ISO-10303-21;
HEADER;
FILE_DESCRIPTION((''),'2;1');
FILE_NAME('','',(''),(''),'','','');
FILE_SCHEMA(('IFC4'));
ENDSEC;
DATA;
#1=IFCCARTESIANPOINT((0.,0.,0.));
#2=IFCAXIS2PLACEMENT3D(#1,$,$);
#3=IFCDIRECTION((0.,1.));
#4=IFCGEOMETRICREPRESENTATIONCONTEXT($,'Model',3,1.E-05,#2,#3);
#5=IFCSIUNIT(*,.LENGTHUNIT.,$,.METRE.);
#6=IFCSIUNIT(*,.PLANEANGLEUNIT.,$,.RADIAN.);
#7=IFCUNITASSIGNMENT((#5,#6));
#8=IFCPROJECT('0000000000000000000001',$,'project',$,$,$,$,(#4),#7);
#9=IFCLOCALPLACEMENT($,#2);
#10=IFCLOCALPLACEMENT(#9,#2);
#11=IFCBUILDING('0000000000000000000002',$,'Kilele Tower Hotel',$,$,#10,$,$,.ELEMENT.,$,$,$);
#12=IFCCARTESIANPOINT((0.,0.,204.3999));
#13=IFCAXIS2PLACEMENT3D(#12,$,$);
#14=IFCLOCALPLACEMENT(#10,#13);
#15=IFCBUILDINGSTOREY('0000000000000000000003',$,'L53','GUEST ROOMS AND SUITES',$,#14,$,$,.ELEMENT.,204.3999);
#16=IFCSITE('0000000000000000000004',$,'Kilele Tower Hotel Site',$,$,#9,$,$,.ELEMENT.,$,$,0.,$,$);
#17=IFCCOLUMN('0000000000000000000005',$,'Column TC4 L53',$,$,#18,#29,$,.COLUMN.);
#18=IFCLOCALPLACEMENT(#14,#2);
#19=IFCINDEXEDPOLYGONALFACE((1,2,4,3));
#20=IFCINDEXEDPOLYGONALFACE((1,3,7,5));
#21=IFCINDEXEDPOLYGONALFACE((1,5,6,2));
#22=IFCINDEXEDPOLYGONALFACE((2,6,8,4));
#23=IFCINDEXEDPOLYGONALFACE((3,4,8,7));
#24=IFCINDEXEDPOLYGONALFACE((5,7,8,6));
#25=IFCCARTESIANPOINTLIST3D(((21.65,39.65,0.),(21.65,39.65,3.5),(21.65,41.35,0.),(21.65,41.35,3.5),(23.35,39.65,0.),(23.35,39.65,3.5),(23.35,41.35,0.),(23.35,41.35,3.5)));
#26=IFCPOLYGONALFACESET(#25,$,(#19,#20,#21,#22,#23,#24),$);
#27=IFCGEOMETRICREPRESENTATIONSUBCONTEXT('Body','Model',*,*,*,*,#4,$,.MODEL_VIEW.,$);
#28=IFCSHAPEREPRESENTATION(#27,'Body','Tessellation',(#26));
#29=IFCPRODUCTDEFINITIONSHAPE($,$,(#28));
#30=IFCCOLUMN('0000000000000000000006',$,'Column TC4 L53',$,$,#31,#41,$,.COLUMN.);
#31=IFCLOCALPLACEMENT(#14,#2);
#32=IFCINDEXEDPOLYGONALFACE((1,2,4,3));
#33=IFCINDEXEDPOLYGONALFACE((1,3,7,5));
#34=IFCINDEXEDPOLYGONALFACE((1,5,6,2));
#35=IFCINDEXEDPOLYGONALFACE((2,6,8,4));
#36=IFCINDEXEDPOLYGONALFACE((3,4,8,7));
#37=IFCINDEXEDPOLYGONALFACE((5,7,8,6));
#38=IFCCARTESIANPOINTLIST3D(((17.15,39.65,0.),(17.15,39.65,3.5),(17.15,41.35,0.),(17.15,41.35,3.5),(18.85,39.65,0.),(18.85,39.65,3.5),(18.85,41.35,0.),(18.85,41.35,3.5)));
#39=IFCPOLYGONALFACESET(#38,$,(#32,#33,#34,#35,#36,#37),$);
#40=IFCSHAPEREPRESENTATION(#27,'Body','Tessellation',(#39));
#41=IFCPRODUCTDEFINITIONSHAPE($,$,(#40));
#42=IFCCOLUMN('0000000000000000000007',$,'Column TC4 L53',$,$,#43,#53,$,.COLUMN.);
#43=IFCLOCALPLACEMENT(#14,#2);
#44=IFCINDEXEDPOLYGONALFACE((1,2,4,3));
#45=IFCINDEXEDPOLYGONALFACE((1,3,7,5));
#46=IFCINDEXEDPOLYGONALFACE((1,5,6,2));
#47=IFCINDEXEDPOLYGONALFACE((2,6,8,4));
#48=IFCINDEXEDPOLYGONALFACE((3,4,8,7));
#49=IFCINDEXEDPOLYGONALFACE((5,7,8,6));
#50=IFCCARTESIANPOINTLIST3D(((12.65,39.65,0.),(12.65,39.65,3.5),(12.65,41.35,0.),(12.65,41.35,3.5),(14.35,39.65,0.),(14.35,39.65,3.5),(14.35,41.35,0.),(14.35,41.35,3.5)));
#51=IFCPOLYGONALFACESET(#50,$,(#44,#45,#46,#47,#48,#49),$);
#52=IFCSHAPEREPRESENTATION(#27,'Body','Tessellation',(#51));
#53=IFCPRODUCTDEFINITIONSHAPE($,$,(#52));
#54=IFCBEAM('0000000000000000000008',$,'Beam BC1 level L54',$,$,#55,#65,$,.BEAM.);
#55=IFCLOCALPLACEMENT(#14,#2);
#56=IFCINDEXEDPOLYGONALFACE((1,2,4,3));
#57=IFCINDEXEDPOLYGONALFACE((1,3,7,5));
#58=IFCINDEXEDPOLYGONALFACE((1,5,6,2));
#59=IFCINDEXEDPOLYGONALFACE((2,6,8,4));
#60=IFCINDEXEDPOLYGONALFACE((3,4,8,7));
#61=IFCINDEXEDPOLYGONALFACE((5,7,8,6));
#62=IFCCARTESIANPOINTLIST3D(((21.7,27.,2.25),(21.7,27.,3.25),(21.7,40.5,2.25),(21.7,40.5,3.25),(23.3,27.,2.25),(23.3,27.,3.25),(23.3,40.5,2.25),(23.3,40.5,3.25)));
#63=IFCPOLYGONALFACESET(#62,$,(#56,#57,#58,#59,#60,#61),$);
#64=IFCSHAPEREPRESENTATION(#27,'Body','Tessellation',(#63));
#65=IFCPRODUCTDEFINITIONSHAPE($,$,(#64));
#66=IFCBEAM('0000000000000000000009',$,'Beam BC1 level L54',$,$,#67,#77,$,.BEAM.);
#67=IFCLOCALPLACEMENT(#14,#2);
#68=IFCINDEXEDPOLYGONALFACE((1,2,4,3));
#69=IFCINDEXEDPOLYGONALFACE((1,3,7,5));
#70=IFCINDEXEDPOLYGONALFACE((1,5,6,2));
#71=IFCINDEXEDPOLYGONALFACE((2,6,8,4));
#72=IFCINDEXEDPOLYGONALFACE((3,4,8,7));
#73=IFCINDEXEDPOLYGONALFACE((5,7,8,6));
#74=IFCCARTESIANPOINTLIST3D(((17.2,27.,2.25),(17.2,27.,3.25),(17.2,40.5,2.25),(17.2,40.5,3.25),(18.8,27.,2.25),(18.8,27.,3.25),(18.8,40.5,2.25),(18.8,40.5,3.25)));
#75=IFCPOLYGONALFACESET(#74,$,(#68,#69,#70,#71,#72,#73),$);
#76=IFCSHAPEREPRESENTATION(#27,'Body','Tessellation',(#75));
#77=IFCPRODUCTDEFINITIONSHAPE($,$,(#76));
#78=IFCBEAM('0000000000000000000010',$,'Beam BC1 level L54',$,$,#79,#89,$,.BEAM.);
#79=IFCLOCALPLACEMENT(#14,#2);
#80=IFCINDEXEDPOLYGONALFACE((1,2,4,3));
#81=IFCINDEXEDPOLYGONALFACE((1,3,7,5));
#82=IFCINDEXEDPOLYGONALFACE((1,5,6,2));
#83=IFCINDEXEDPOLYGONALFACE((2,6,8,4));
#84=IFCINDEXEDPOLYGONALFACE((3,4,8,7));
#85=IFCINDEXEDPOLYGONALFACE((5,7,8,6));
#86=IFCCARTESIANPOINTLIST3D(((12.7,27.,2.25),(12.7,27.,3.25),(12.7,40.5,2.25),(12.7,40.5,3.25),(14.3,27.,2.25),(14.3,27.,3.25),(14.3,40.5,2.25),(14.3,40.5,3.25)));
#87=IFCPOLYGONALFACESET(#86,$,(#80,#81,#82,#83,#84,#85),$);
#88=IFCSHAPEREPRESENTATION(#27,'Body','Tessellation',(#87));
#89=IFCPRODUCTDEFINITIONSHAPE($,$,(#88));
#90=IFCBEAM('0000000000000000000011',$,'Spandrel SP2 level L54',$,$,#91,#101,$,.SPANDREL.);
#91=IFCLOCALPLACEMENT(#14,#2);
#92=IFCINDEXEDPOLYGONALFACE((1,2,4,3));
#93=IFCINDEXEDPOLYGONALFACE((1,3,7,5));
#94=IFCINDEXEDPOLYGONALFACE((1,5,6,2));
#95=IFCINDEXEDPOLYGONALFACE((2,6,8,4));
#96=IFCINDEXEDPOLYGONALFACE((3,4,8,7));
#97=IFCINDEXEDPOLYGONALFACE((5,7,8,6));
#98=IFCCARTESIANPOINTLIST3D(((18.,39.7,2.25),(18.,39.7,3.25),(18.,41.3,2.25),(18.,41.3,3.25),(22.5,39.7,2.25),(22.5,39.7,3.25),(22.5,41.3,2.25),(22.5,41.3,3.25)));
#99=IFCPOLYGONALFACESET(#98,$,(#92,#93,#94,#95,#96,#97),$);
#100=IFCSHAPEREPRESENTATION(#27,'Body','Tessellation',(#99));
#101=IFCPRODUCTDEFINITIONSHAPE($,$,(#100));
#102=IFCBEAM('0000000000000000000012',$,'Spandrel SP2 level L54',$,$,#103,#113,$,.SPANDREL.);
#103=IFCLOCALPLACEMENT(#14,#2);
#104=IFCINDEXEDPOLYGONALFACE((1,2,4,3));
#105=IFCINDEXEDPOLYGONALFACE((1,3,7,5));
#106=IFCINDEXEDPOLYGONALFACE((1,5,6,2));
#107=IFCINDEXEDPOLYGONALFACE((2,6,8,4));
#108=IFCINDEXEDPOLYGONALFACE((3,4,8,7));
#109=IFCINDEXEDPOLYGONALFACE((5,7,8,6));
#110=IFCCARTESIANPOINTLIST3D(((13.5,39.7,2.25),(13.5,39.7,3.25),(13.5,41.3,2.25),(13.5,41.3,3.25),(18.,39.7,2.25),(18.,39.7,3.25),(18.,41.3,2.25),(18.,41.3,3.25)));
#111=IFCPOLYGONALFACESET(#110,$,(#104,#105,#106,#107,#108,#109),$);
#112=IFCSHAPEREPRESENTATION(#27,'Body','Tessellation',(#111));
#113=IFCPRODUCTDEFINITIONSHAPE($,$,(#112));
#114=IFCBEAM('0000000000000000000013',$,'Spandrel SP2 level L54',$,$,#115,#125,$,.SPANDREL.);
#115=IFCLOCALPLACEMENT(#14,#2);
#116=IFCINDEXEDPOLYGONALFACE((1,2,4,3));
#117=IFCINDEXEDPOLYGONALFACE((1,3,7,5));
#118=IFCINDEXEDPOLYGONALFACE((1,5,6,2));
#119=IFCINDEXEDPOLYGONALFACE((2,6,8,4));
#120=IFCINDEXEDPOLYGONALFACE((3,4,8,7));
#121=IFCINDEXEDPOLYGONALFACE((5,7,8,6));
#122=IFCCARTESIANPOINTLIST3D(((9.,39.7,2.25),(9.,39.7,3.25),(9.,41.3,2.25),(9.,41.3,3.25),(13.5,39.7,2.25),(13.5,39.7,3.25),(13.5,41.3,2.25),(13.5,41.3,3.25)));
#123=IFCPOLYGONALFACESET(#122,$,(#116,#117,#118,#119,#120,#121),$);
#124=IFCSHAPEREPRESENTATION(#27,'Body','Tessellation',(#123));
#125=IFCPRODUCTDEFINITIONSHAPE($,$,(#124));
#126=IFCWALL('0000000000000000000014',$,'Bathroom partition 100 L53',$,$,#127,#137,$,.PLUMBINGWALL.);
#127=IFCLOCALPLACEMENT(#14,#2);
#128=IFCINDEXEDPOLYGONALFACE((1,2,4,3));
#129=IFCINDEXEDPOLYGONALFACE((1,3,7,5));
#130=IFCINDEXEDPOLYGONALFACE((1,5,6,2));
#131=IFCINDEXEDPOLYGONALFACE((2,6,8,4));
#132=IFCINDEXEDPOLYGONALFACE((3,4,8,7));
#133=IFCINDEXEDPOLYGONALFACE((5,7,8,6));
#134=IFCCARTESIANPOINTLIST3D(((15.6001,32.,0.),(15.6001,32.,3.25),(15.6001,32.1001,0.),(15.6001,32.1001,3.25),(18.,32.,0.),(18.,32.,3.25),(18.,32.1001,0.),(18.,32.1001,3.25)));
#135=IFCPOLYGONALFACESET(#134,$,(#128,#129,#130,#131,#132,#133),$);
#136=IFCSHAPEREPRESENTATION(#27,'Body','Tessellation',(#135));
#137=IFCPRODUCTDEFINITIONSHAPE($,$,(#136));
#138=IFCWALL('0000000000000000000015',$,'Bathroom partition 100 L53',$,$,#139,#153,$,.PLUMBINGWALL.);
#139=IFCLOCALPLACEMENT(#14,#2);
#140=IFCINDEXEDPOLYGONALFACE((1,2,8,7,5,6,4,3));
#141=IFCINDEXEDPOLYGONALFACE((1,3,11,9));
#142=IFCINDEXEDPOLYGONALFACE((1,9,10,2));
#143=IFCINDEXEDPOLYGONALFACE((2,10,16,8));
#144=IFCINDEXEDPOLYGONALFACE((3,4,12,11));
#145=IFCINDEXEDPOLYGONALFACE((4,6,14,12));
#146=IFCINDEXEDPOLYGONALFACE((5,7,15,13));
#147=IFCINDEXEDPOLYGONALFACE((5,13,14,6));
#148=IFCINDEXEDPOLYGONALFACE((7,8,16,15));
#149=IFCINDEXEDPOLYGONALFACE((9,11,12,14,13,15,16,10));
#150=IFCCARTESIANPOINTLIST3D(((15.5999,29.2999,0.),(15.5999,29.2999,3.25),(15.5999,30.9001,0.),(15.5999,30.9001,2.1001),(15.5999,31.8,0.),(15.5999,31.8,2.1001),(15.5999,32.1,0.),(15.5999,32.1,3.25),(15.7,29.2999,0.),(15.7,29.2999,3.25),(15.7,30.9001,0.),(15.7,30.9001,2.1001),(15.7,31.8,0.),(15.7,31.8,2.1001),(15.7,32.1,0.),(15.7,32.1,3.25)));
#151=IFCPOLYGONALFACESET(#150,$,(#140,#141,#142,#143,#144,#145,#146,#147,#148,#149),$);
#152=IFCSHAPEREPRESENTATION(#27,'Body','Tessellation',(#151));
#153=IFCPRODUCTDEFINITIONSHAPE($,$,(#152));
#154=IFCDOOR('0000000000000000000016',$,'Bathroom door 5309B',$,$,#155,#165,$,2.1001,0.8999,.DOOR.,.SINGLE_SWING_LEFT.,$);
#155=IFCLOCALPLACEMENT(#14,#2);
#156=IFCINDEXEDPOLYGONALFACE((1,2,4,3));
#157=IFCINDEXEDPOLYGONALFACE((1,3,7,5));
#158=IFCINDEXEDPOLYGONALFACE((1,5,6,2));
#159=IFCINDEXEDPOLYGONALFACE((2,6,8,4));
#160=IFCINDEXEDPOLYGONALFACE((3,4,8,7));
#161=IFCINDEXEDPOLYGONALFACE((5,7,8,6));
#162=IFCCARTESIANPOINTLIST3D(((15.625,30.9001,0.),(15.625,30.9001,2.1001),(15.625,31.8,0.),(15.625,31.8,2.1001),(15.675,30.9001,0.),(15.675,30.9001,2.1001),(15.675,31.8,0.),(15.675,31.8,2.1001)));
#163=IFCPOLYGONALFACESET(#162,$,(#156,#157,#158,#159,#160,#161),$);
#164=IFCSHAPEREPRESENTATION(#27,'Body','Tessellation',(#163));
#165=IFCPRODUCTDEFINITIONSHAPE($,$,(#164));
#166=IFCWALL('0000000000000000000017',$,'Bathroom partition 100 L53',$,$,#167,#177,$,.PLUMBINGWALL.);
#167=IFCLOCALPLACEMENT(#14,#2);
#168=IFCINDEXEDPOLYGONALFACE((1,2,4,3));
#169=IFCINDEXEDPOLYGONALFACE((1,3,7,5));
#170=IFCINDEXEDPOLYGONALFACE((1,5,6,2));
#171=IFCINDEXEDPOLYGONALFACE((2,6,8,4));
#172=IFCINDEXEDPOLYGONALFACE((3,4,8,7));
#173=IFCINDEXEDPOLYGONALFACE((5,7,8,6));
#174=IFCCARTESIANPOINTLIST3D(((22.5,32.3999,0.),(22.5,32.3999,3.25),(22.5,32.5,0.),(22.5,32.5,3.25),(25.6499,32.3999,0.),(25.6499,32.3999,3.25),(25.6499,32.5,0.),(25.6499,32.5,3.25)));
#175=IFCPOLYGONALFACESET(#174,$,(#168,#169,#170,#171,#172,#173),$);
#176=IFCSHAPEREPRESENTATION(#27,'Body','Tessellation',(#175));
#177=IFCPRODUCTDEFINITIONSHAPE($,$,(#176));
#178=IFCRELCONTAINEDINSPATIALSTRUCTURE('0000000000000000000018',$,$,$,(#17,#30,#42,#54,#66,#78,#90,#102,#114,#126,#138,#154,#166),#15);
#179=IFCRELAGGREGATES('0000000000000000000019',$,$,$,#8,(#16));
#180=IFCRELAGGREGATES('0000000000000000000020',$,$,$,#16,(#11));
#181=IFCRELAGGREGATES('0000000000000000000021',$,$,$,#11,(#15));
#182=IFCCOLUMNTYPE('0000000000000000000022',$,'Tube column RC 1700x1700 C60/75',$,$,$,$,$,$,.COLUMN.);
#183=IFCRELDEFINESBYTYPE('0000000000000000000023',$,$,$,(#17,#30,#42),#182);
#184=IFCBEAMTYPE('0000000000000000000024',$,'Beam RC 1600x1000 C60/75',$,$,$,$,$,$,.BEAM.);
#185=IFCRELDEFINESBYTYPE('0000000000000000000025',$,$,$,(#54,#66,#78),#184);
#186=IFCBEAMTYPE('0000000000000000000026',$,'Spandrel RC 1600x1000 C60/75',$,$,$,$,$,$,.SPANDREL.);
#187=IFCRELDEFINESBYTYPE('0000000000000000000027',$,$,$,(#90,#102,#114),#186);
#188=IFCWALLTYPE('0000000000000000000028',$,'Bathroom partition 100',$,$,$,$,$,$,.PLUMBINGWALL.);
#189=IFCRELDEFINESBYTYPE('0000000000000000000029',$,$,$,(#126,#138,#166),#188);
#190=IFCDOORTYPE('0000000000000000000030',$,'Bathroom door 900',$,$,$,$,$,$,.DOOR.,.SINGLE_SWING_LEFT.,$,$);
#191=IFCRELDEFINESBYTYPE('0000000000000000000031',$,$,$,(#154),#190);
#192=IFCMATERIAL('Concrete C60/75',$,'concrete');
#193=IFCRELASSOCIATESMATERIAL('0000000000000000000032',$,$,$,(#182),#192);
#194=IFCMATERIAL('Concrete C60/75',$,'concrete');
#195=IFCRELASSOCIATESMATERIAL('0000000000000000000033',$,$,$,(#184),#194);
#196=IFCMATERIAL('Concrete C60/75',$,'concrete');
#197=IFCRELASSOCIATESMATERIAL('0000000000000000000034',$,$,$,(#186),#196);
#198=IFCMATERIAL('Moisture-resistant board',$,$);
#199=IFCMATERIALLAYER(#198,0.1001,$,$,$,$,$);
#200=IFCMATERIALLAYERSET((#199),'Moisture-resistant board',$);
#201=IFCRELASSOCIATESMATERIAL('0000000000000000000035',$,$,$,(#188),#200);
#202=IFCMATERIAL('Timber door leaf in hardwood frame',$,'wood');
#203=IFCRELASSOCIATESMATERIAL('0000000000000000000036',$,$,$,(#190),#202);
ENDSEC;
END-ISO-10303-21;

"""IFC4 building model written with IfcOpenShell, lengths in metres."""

from ifc_helpers import new_model, si_unit, direction, frame, frame_2d, origin, origin_2d, place, context, subcontext, project, spatial, rectangle, extrude, material, layer, layer_set, material_profile, profile_set, type_object, element, fill, save


model = new_model("IFC4")

# Units and contexts
model_context = context("Model", 3, precision=1e-05, world=origin(), true_north=direction((0.0, 1.0)))
body_context = subcontext(model_context, "Body", "Model", "MODEL_VIEW")
ifc_project = project(units=[si_unit("LENGTHUNIT", "METRE"), si_unit("PLANEANGLEUNIT", "RADIAN")], contexts=[model_context])

# Site, building, storey
site_placement = place(None, origin())
site = spatial("IfcSite", under=ifc_project, at=site_placement, Name="Kilele Tower Hotel Site", CompositionType="ELEMENT", RefElevation=0.0)
building_placement = place(site_placement, origin())
building = spatial("IfcBuilding", under=site, at=building_placement, Name="Kilele Tower Hotel", CompositionType="ELEMENT")
storey_placement = place(building_placement, frame((0.0, 0.0, 204.3999)))
storey = spatial("IfcBuildingStorey", under=building, at=storey_placement, Name="L53", Description="GUEST ROOMS AND SUITES", CompositionType="ELEMENT", Elevation=204.3999)

# Columns
ifc_material_1 = material(Name="Concrete C60/75", Category="concrete")
ifc_material_profile_1 = material_profile(ifc_material_1, rectangle(XDim=1.7, YDim=1.7, at=origin_2d()))
ifc_profile_set_1 = profile_set([ifc_material_profile_1], Name="Concrete C60/75")
column_type = type_object("IfcColumnType", Name="Tube column RC 1700x1700 C60/75", PredefinedType="COLUMN", material=ifc_profile_set_1)
for number, where, z_axis, x_axis, name in (
    (1, (22.5, 40.5, 0.0), (0.0, 0.0, 1.0), (1.0, 0.0, 0.0), "Column TC4 L53"),
    (2, (18.0, 40.5, 0.0), (0.0, 0.0, 1.0), (1.0, 0.0, 0.0), "Column TC4 L53"),
    (3, (13.5, 40.5, 0.0), (0.0, 0.0, 1.0), (1.0, 0.0, 0.0), "Column TC4 L53"),
):
    element("IfcColumn", number, at=place(storey_placement, frame(where, z_axis=z_axis, x_axis=x_axis)), inside=storey, type_object=column_type, Name=name, PredefinedType="COLUMN", context=body_context, shape_type="SweptSolid", body=[
        extrude(rectangle(XDim=1.7, YDim=1.7, at=origin_2d()), origin(), (0.0, 0.0, 1.0), 3.5),
    ])

# Beams
ifc_material_2 = material(Name="Concrete C60/75", Category="concrete")
ifc_material_profile_2 = material_profile(ifc_material_2, rectangle(XDim=1.6001, YDim=1.0, at=origin_2d()))
ifc_profile_set_2 = profile_set([ifc_material_profile_2], Name="Concrete C60/75")
beam_type_1 = type_object("IfcBeamType", Name="Beam RC 1600x1000 C60/75", PredefinedType="BEAM", material=ifc_profile_set_2)
for number, where, z_axis, x_axis, name in (
    (4, (22.5, 40.5, 2.75), (0.0, -1.0, 0.0), (1.0, 0.0, 0.0), "Beam BC1 level L54"),
    (5, (18.0, 40.5, 2.75), (0.0, -1.0, 0.0), (1.0, 0.0, 0.0), "Beam BC1 level L54"),
    (6, (13.5, 40.5, 2.75), (0.0, -1.0, 0.0), (1.0, 0.0, 0.0), "Beam BC1 level L54"),
):
    element("IfcBeam", number, at=place(storey_placement, frame(where, z_axis=z_axis, x_axis=x_axis)), inside=storey, type_object=beam_type_1, Name=name, PredefinedType="BEAM", context=body_context, shape_type="SweptSolid", body=[
        extrude(rectangle(XDim=1.6001, YDim=1.0, at=origin_2d()), origin(), (0.0, 0.0, 1.0), 13.5),
    ])
ifc_material_3 = material(Name="Concrete C60/75", Category="concrete")
ifc_material_profile_3 = material_profile(ifc_material_3, rectangle(XDim=1.6001, YDim=1.0, at=origin_2d()))
ifc_profile_set_3 = profile_set([ifc_material_profile_3], Name="Concrete C60/75")
beam_type_2 = type_object("IfcBeamType", Name="Spandrel RC 1600x1000 C60/75", PredefinedType="SPANDREL", material=ifc_profile_set_3)
for number, where, z_axis, x_axis, name in (
    (7, (22.5, 40.5, 2.75), (-1.0, 0.0, 0.0), (0.0, -1.0, 0.0), "Spandrel SP2 level L54"),
    (8, (18.0, 40.5, 2.75), (-1.0, 0.0, 0.0), (0.0, -1.0, 0.0), "Spandrel SP2 level L54"),
    (9, (13.5, 40.5, 2.75), (-1.0, 0.0, 0.0), (0.0, -1.0, 0.0), "Spandrel SP2 level L54"),
):
    element("IfcBeam", number, at=place(storey_placement, frame(where, z_axis=z_axis, x_axis=x_axis)), inside=storey, type_object=beam_type_2, Name=name, PredefinedType="SPANDREL", context=body_context, shape_type="SweptSolid", body=[
        extrude(rectangle(XDim=1.6001, YDim=1.0, at=origin_2d()), origin(), (0.0, 0.0, 1.0), 4.5),
    ])

# Wall
ifc_material_4 = material(Name="Moisture-resistant board")
ifc_layer_1 = layer(ifc_material_4, 0.1001)
ifc_layer_set_1 = layer_set([ifc_layer_1], Name="Moisture-resistant board")
wall_type_1 = type_object("IfcWallType", Name="Bathroom partition 100", PredefinedType="PLUMBINGWALL", material=ifc_layer_set_1)
wall_1_placement = place(storey_placement, frame((15.6001, 32.05, 0.0), z_axis=(0.0, 0.0, 1.0), x_axis=(1.0, 0.0, 0.0)))
element("IfcWall", 10, at=wall_1_placement, inside=storey, type_object=wall_type_1, Name="Bathroom partition 100 L53", PredefinedType="PLUMBINGWALL", context=body_context, shape_type="SweptSolid", body=[
    extrude(rectangle(XDim=2.3999, YDim=0.1001, at=frame_2d((1.2, 0.0))), origin(), (0.0, 0.0, 1.0), 3.25),
])

# Wall, opening, door
wall_2_placement = place(storey_placement, frame((15.6499, 29.3, 0.0), z_axis=(0.0, 0.0, 1.0), x_axis=(0.0, 1.0, 0.0)))
wall_2 = element("IfcWall", 11, at=wall_2_placement, inside=storey, type_object=wall_type_1, Name="Bathroom partition 100 L53", PredefinedType="PLUMBINGWALL", context=body_context, shape_type="SweptSolid", body=[
    extrude(rectangle(XDim=2.8, YDim=0.1001, at=frame_2d((1.3999, 0.0))), origin(), (0.0, 0.0, 1.0), 3.25),
])
opening_1_placement = place(wall_2_placement, frame((1.6001, 0.0, 0.0)))
opening_1 = element("IfcOpeningElement", 12, at=opening_1_placement, cuts=wall_2, PredefinedType="OPENING", context=body_context, shape_type="SweptSolid", body=[
    extrude(rectangle(XDim=0.8999, YDim=2.1001, at=frame_2d((0.45, 1.05))), frame((0.0, 0.0601, 0.0), z_axis=(0.0, -1.0, 0.0), x_axis=(1.0, 0.0, 0.0)), (0.0, 0.0, 1.0), 0.1201),
])
ifc_material_5 = material(Name="Timber door leaf in hardwood frame", Category="wood")
door_type_1 = type_object("IfcDoorType", Name="Bathroom door 900", OperationType="SINGLE_SWING_LEFT", PredefinedType="DOOR", material=ifc_material_5)
door_1_placement = place(opening_1_placement, origin())
door_1 = element("IfcDoor", 13, at=door_1_placement, inside=storey, type_object=door_type_1, Name="Bathroom door 5309B", OperationType="SINGLE_SWING_LEFT", OverallHeight=2.1001, OverallWidth=0.8999, PredefinedType="DOOR", context=body_context, shape_type="SweptSolid", body=[
    extrude(rectangle(XDim=0.8999, YDim=2.1001, at=frame_2d((0.45, 1.05))), frame((0.0, 0.0249, 0.0), z_axis=(0.0, -1.0, 0.0), x_axis=(1.0, 0.0, 0.0)), (0.0, 0.0, 1.0), 0.05),
])
fill(opening_1, door_1)

# Wall
wall_3_placement = place(storey_placement, frame((22.5, 32.45, 0.0), z_axis=(0.0, 0.0, 1.0), x_axis=(1.0, 0.0, 0.0)))
element("IfcWall", 14, at=wall_3_placement, inside=storey, type_object=wall_type_1, Name="Bathroom partition 100 L53", PredefinedType="PLUMBINGWALL", context=body_context, shape_type="SweptSolid", body=[
    extrude(rectangle(XDim=3.1499, YDim=0.1001, at=frame_2d((1.575, 0.0))), origin(), (0.0, 0.0, 1.0), 3.25),
])

save(model, "model.ifc")
